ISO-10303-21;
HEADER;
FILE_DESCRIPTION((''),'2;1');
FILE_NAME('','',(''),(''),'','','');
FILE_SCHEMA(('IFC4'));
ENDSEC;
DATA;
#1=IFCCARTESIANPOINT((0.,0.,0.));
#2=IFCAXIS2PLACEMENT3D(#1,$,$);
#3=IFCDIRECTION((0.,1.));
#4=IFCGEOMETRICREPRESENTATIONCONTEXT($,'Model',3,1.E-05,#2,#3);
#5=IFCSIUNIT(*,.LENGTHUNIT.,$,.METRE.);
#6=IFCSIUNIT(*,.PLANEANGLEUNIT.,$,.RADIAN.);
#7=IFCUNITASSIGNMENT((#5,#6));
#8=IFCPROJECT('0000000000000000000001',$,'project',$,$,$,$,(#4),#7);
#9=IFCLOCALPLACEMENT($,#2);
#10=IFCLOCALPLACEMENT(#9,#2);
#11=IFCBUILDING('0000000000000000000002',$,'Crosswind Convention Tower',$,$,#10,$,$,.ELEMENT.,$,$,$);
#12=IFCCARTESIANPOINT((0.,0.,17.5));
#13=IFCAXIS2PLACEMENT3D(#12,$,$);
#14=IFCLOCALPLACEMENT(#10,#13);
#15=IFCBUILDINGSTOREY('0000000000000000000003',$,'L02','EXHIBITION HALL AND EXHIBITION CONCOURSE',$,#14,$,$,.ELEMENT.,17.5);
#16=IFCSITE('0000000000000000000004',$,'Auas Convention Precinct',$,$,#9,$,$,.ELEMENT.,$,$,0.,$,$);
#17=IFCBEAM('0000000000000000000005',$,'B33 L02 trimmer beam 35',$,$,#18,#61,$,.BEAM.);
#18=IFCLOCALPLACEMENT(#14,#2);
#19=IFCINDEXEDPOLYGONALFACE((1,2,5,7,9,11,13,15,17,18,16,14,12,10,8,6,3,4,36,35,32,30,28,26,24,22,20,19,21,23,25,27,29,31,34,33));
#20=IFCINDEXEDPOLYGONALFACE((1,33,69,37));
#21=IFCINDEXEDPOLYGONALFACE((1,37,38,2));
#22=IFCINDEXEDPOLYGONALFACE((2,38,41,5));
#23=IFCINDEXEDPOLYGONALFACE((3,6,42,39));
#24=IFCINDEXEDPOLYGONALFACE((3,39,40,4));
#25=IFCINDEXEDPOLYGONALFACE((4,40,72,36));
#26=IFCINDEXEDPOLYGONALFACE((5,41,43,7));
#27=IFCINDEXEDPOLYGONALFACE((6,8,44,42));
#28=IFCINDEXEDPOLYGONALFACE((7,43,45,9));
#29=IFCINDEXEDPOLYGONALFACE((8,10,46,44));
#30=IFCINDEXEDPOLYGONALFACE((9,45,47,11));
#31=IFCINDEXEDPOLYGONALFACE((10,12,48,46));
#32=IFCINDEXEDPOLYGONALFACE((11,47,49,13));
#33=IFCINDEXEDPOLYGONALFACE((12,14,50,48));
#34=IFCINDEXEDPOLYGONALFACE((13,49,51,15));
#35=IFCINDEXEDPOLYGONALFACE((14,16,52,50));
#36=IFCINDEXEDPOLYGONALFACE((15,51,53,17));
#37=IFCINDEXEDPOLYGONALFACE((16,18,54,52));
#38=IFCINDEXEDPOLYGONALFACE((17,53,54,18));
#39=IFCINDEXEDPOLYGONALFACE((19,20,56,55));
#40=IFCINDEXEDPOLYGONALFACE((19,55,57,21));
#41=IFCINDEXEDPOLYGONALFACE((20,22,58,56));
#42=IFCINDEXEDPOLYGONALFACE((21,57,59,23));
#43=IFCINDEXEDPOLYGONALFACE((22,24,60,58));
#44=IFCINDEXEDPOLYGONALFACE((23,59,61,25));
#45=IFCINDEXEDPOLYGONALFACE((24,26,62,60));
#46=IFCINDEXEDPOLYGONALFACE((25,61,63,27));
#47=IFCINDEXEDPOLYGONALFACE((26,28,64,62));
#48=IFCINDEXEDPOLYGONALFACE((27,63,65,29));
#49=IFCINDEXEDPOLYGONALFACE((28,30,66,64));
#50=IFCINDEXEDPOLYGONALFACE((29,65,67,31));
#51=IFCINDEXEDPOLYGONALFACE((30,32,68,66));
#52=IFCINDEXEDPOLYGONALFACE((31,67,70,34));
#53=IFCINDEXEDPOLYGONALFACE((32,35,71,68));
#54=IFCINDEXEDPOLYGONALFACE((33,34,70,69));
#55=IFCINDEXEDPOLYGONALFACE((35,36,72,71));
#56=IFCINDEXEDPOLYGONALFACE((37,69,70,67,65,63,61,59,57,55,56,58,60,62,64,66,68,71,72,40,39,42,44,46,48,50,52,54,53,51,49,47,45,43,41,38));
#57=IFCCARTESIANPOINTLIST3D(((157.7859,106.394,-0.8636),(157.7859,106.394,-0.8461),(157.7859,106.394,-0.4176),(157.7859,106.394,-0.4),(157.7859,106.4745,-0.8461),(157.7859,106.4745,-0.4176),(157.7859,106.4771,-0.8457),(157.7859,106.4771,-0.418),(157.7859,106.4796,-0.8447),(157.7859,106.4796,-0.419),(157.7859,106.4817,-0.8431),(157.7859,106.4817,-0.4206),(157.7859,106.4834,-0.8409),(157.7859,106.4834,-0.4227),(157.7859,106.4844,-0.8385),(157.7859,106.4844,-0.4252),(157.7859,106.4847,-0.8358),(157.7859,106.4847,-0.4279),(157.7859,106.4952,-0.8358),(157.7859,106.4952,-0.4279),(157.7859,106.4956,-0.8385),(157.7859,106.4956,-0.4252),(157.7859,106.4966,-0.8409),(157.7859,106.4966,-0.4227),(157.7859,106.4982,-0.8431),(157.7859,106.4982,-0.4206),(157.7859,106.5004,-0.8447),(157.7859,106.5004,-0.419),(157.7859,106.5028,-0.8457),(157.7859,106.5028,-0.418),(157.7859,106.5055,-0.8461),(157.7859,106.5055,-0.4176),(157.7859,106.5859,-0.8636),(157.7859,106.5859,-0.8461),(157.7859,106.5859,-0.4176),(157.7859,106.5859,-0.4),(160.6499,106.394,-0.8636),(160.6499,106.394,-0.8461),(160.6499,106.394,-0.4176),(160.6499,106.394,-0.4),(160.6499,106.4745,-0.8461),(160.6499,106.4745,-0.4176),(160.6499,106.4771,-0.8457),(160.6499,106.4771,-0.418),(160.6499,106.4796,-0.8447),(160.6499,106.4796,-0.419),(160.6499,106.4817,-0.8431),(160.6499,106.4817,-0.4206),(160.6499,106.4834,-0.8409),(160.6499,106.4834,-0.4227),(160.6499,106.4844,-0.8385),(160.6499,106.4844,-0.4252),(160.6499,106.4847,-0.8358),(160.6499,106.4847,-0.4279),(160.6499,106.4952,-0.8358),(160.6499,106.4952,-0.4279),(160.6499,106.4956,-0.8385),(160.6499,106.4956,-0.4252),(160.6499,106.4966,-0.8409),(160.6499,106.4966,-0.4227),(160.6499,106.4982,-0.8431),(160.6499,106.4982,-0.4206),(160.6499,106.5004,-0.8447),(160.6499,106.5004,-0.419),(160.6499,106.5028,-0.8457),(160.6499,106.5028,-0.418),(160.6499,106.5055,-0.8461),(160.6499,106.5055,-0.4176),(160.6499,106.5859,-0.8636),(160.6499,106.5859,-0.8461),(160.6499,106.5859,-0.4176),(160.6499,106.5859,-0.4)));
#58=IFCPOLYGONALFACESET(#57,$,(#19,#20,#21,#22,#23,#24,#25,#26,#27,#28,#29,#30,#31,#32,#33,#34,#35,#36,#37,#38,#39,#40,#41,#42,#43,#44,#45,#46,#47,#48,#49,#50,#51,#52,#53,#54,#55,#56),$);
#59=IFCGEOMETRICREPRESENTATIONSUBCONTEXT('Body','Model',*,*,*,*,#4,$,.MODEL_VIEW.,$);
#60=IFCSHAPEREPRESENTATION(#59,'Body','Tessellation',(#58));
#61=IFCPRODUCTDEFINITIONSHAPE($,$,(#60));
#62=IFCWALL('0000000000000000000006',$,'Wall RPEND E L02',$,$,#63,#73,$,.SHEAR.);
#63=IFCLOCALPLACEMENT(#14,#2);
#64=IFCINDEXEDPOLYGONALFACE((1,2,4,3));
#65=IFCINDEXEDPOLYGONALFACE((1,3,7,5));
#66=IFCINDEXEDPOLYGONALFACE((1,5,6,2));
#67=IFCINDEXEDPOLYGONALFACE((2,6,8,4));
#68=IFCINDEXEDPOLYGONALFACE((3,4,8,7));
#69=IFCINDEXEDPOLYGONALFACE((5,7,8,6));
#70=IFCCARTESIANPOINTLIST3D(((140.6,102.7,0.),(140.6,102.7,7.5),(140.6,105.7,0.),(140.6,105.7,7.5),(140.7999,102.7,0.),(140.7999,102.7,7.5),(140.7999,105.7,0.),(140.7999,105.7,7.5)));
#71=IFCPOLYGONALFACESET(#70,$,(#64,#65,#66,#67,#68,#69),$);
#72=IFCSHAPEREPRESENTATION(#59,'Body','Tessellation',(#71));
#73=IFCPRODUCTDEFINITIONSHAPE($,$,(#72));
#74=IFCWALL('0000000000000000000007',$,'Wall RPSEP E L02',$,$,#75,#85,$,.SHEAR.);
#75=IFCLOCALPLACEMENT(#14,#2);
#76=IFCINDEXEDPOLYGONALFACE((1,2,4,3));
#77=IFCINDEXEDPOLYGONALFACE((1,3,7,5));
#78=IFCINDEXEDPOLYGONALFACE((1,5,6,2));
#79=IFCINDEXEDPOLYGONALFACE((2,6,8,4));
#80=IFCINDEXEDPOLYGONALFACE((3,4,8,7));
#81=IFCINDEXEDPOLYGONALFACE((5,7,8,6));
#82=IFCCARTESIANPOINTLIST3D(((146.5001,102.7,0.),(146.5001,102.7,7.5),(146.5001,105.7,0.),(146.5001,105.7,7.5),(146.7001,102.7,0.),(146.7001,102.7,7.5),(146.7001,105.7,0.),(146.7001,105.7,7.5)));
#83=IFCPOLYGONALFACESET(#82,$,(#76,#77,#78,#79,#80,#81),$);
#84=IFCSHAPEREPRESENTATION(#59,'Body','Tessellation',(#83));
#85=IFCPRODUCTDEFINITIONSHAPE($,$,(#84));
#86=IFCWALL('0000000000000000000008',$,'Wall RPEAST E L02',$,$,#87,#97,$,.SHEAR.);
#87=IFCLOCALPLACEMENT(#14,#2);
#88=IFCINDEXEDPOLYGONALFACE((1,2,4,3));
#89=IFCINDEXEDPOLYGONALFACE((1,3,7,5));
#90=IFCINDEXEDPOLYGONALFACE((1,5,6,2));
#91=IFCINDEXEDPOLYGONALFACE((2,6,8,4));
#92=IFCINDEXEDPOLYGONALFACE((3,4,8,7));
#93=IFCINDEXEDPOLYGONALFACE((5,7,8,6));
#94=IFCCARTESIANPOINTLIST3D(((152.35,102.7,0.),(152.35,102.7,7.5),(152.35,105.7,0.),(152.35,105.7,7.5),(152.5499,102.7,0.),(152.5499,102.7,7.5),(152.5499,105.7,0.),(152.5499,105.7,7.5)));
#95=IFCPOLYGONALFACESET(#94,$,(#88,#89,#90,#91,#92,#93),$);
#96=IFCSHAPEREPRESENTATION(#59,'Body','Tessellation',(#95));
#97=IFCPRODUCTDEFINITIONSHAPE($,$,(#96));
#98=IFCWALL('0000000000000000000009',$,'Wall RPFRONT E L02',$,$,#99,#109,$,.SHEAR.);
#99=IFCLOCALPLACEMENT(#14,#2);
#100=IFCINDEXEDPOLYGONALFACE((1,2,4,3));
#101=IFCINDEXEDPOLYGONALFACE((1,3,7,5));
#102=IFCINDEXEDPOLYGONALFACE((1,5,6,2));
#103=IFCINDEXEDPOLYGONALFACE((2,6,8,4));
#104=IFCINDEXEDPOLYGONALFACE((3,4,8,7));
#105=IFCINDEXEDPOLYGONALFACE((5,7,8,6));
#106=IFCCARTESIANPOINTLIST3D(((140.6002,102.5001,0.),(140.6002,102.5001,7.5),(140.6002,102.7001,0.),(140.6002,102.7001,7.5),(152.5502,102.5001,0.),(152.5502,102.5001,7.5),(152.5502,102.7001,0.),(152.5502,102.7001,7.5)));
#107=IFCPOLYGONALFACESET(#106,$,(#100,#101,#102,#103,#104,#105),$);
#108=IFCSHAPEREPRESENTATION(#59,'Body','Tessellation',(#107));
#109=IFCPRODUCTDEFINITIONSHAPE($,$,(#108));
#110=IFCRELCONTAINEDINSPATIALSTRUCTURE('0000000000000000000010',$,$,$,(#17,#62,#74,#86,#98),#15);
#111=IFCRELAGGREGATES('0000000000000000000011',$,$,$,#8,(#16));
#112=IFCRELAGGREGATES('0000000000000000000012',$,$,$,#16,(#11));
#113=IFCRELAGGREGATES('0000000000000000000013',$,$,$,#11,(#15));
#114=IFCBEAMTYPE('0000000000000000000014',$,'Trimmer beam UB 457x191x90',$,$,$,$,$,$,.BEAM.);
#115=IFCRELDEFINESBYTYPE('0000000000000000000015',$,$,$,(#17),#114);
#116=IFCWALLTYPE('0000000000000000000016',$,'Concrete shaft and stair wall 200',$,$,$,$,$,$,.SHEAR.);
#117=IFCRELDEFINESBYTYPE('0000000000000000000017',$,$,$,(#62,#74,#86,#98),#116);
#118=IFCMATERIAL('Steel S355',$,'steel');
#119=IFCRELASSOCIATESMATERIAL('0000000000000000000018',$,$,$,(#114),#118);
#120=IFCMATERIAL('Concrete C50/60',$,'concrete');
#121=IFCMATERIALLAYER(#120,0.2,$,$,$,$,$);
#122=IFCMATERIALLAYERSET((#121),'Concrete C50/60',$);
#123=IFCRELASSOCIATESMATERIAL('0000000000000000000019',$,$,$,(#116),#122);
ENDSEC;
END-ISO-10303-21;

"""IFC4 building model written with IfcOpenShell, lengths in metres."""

from ifc_helpers import new_model, si_unit, direction, frame, frame_2d, origin, origin_2d, place, context, subcontext, project, spatial, rectangle, i_section, extrude, material, layer, layer_set, material_profile, profile_set, type_object, element, save


model = new_model("IFC4")

# Units and contexts
model_context = context("Model", 3, precision=1e-05, world=origin(), true_north=direction((0.0, 1.0)))
body_context = subcontext(model_context, "Body", "Model", "MODEL_VIEW")
ifc_project = project(units=[si_unit("LENGTHUNIT", "METRE"), si_unit("PLANEANGLEUNIT", "RADIAN")], contexts=[model_context])

# Site, building, storey
site_placement = place(None, origin())
site = spatial("IfcSite", under=ifc_project, at=site_placement, Name="Auas Convention Precinct", CompositionType="ELEMENT", RefElevation=0.0)
building_placement = place(site_placement, origin())
building = spatial("IfcBuilding", under=site, at=building_placement, Name="Crosswind Convention Tower", CompositionType="ELEMENT")
storey_placement = place(building_placement, frame((0.0, 0.0, 17.5)))
storey = spatial("IfcBuildingStorey", under=building, at=storey_placement, Name="L02", Description="EXHIBITION HALL AND EXHIBITION CONCOURSE", CompositionType="ELEMENT", Elevation=17.5)

# Beam
ifc_material_1 = material(Name="Steel S355", Category="steel")
ifc_material_profile_1 = material_profile(ifc_material_1, i_section(OverallWidth=0.1919, OverallDepth=0.4636, WebThickness=0.0105, FlangeThickness=0.0176, FilletRadius=0.0103, at=origin_2d()), Name="UB 457x191x90")
ifc_profile_set_1 = profile_set([ifc_material_profile_1], Name="Steel S355")
beam_type_1 = type_object("IfcBeamType", Name="Trimmer beam UB 457x191x90", PredefinedType="BEAM", material=ifc_profile_set_1)
beam_1_placement = place(storey_placement, frame((157.7859, 106.49, -0.6318), z_axis=(1.0, 0.0, 0.0), x_axis=(0.0, 1.0, 0.0)))
element("IfcBeam", 1, at=beam_1_placement, inside=storey, type_object=beam_type_1, Name="B33 L02 trimmer beam 35", PredefinedType="BEAM", context=body_context, shape_type="SweptSolid", body=[
    extrude(i_section(OverallWidth=0.1919, OverallDepth=0.4636, WebThickness=0.0105, FlangeThickness=0.0176, FilletRadius=0.0103, at=origin_2d()), origin(), (0.0, 0.0, 1.0), 2.864),
])

# Walls
ifc_material_2 = material(Name="Concrete C50/60", Category="concrete")
ifc_layer_1 = layer(ifc_material_2, 0.2)
ifc_layer_set_1 = layer_set([ifc_layer_1], Name="Concrete C50/60")
wall_type_1 = type_object("IfcWallType", Name="Concrete shaft and stair wall 200", PredefinedType="SHEAR", material=ifc_layer_set_1)
for number, where, z_axis, x_axis, name in (
    (2, (140.7, 102.7, 0.0), (0.0, 0.0, 1.0), (0.0, 1.0, 0.0), "Wall RPEND E L02"),
    (3, (146.6001, 102.7, 0.0), (0.0, 0.0, 1.0), (0.0, 1.0, 0.0), "Wall RPSEP E L02"),
    (4, (152.45, 102.7, 0.0), (0.0, 0.0, 1.0), (0.0, 1.0, 0.0), "Wall RPEAST E L02"),
):
    element("IfcWall", number, at=place(storey_placement, frame(where, z_axis=z_axis, x_axis=x_axis)), inside=storey, type_object=wall_type_1, Name=name, PredefinedType="SHEAR", context=body_context, shape_type="SweptSolid", body=[
        extrude(rectangle(XDim=3.0, YDim=0.2, at=frame_2d((1.5, 0.0))), origin(), (0.0, 0.0, 1.0), 7.5),
    ])
wall_1_placement = place(storey_placement, frame((140.6001, 102.6001, 0.0), z_axis=(0.0, 0.0, 1.0), x_axis=(1.0, 0.0, 0.0)))
element("IfcWall", 5, at=wall_1_placement, inside=storey, type_object=wall_type_1, Name="Wall RPFRONT E L02", PredefinedType="SHEAR", context=body_context, shape_type="SweptSolid", body=[
    extrude(rectangle(XDim=11.95, YDim=0.2, at=frame_2d((5.9751, 0.0))), origin(), (0.0, 0.0, 1.0), 7.5),
])

save(model, "model.ifc")
